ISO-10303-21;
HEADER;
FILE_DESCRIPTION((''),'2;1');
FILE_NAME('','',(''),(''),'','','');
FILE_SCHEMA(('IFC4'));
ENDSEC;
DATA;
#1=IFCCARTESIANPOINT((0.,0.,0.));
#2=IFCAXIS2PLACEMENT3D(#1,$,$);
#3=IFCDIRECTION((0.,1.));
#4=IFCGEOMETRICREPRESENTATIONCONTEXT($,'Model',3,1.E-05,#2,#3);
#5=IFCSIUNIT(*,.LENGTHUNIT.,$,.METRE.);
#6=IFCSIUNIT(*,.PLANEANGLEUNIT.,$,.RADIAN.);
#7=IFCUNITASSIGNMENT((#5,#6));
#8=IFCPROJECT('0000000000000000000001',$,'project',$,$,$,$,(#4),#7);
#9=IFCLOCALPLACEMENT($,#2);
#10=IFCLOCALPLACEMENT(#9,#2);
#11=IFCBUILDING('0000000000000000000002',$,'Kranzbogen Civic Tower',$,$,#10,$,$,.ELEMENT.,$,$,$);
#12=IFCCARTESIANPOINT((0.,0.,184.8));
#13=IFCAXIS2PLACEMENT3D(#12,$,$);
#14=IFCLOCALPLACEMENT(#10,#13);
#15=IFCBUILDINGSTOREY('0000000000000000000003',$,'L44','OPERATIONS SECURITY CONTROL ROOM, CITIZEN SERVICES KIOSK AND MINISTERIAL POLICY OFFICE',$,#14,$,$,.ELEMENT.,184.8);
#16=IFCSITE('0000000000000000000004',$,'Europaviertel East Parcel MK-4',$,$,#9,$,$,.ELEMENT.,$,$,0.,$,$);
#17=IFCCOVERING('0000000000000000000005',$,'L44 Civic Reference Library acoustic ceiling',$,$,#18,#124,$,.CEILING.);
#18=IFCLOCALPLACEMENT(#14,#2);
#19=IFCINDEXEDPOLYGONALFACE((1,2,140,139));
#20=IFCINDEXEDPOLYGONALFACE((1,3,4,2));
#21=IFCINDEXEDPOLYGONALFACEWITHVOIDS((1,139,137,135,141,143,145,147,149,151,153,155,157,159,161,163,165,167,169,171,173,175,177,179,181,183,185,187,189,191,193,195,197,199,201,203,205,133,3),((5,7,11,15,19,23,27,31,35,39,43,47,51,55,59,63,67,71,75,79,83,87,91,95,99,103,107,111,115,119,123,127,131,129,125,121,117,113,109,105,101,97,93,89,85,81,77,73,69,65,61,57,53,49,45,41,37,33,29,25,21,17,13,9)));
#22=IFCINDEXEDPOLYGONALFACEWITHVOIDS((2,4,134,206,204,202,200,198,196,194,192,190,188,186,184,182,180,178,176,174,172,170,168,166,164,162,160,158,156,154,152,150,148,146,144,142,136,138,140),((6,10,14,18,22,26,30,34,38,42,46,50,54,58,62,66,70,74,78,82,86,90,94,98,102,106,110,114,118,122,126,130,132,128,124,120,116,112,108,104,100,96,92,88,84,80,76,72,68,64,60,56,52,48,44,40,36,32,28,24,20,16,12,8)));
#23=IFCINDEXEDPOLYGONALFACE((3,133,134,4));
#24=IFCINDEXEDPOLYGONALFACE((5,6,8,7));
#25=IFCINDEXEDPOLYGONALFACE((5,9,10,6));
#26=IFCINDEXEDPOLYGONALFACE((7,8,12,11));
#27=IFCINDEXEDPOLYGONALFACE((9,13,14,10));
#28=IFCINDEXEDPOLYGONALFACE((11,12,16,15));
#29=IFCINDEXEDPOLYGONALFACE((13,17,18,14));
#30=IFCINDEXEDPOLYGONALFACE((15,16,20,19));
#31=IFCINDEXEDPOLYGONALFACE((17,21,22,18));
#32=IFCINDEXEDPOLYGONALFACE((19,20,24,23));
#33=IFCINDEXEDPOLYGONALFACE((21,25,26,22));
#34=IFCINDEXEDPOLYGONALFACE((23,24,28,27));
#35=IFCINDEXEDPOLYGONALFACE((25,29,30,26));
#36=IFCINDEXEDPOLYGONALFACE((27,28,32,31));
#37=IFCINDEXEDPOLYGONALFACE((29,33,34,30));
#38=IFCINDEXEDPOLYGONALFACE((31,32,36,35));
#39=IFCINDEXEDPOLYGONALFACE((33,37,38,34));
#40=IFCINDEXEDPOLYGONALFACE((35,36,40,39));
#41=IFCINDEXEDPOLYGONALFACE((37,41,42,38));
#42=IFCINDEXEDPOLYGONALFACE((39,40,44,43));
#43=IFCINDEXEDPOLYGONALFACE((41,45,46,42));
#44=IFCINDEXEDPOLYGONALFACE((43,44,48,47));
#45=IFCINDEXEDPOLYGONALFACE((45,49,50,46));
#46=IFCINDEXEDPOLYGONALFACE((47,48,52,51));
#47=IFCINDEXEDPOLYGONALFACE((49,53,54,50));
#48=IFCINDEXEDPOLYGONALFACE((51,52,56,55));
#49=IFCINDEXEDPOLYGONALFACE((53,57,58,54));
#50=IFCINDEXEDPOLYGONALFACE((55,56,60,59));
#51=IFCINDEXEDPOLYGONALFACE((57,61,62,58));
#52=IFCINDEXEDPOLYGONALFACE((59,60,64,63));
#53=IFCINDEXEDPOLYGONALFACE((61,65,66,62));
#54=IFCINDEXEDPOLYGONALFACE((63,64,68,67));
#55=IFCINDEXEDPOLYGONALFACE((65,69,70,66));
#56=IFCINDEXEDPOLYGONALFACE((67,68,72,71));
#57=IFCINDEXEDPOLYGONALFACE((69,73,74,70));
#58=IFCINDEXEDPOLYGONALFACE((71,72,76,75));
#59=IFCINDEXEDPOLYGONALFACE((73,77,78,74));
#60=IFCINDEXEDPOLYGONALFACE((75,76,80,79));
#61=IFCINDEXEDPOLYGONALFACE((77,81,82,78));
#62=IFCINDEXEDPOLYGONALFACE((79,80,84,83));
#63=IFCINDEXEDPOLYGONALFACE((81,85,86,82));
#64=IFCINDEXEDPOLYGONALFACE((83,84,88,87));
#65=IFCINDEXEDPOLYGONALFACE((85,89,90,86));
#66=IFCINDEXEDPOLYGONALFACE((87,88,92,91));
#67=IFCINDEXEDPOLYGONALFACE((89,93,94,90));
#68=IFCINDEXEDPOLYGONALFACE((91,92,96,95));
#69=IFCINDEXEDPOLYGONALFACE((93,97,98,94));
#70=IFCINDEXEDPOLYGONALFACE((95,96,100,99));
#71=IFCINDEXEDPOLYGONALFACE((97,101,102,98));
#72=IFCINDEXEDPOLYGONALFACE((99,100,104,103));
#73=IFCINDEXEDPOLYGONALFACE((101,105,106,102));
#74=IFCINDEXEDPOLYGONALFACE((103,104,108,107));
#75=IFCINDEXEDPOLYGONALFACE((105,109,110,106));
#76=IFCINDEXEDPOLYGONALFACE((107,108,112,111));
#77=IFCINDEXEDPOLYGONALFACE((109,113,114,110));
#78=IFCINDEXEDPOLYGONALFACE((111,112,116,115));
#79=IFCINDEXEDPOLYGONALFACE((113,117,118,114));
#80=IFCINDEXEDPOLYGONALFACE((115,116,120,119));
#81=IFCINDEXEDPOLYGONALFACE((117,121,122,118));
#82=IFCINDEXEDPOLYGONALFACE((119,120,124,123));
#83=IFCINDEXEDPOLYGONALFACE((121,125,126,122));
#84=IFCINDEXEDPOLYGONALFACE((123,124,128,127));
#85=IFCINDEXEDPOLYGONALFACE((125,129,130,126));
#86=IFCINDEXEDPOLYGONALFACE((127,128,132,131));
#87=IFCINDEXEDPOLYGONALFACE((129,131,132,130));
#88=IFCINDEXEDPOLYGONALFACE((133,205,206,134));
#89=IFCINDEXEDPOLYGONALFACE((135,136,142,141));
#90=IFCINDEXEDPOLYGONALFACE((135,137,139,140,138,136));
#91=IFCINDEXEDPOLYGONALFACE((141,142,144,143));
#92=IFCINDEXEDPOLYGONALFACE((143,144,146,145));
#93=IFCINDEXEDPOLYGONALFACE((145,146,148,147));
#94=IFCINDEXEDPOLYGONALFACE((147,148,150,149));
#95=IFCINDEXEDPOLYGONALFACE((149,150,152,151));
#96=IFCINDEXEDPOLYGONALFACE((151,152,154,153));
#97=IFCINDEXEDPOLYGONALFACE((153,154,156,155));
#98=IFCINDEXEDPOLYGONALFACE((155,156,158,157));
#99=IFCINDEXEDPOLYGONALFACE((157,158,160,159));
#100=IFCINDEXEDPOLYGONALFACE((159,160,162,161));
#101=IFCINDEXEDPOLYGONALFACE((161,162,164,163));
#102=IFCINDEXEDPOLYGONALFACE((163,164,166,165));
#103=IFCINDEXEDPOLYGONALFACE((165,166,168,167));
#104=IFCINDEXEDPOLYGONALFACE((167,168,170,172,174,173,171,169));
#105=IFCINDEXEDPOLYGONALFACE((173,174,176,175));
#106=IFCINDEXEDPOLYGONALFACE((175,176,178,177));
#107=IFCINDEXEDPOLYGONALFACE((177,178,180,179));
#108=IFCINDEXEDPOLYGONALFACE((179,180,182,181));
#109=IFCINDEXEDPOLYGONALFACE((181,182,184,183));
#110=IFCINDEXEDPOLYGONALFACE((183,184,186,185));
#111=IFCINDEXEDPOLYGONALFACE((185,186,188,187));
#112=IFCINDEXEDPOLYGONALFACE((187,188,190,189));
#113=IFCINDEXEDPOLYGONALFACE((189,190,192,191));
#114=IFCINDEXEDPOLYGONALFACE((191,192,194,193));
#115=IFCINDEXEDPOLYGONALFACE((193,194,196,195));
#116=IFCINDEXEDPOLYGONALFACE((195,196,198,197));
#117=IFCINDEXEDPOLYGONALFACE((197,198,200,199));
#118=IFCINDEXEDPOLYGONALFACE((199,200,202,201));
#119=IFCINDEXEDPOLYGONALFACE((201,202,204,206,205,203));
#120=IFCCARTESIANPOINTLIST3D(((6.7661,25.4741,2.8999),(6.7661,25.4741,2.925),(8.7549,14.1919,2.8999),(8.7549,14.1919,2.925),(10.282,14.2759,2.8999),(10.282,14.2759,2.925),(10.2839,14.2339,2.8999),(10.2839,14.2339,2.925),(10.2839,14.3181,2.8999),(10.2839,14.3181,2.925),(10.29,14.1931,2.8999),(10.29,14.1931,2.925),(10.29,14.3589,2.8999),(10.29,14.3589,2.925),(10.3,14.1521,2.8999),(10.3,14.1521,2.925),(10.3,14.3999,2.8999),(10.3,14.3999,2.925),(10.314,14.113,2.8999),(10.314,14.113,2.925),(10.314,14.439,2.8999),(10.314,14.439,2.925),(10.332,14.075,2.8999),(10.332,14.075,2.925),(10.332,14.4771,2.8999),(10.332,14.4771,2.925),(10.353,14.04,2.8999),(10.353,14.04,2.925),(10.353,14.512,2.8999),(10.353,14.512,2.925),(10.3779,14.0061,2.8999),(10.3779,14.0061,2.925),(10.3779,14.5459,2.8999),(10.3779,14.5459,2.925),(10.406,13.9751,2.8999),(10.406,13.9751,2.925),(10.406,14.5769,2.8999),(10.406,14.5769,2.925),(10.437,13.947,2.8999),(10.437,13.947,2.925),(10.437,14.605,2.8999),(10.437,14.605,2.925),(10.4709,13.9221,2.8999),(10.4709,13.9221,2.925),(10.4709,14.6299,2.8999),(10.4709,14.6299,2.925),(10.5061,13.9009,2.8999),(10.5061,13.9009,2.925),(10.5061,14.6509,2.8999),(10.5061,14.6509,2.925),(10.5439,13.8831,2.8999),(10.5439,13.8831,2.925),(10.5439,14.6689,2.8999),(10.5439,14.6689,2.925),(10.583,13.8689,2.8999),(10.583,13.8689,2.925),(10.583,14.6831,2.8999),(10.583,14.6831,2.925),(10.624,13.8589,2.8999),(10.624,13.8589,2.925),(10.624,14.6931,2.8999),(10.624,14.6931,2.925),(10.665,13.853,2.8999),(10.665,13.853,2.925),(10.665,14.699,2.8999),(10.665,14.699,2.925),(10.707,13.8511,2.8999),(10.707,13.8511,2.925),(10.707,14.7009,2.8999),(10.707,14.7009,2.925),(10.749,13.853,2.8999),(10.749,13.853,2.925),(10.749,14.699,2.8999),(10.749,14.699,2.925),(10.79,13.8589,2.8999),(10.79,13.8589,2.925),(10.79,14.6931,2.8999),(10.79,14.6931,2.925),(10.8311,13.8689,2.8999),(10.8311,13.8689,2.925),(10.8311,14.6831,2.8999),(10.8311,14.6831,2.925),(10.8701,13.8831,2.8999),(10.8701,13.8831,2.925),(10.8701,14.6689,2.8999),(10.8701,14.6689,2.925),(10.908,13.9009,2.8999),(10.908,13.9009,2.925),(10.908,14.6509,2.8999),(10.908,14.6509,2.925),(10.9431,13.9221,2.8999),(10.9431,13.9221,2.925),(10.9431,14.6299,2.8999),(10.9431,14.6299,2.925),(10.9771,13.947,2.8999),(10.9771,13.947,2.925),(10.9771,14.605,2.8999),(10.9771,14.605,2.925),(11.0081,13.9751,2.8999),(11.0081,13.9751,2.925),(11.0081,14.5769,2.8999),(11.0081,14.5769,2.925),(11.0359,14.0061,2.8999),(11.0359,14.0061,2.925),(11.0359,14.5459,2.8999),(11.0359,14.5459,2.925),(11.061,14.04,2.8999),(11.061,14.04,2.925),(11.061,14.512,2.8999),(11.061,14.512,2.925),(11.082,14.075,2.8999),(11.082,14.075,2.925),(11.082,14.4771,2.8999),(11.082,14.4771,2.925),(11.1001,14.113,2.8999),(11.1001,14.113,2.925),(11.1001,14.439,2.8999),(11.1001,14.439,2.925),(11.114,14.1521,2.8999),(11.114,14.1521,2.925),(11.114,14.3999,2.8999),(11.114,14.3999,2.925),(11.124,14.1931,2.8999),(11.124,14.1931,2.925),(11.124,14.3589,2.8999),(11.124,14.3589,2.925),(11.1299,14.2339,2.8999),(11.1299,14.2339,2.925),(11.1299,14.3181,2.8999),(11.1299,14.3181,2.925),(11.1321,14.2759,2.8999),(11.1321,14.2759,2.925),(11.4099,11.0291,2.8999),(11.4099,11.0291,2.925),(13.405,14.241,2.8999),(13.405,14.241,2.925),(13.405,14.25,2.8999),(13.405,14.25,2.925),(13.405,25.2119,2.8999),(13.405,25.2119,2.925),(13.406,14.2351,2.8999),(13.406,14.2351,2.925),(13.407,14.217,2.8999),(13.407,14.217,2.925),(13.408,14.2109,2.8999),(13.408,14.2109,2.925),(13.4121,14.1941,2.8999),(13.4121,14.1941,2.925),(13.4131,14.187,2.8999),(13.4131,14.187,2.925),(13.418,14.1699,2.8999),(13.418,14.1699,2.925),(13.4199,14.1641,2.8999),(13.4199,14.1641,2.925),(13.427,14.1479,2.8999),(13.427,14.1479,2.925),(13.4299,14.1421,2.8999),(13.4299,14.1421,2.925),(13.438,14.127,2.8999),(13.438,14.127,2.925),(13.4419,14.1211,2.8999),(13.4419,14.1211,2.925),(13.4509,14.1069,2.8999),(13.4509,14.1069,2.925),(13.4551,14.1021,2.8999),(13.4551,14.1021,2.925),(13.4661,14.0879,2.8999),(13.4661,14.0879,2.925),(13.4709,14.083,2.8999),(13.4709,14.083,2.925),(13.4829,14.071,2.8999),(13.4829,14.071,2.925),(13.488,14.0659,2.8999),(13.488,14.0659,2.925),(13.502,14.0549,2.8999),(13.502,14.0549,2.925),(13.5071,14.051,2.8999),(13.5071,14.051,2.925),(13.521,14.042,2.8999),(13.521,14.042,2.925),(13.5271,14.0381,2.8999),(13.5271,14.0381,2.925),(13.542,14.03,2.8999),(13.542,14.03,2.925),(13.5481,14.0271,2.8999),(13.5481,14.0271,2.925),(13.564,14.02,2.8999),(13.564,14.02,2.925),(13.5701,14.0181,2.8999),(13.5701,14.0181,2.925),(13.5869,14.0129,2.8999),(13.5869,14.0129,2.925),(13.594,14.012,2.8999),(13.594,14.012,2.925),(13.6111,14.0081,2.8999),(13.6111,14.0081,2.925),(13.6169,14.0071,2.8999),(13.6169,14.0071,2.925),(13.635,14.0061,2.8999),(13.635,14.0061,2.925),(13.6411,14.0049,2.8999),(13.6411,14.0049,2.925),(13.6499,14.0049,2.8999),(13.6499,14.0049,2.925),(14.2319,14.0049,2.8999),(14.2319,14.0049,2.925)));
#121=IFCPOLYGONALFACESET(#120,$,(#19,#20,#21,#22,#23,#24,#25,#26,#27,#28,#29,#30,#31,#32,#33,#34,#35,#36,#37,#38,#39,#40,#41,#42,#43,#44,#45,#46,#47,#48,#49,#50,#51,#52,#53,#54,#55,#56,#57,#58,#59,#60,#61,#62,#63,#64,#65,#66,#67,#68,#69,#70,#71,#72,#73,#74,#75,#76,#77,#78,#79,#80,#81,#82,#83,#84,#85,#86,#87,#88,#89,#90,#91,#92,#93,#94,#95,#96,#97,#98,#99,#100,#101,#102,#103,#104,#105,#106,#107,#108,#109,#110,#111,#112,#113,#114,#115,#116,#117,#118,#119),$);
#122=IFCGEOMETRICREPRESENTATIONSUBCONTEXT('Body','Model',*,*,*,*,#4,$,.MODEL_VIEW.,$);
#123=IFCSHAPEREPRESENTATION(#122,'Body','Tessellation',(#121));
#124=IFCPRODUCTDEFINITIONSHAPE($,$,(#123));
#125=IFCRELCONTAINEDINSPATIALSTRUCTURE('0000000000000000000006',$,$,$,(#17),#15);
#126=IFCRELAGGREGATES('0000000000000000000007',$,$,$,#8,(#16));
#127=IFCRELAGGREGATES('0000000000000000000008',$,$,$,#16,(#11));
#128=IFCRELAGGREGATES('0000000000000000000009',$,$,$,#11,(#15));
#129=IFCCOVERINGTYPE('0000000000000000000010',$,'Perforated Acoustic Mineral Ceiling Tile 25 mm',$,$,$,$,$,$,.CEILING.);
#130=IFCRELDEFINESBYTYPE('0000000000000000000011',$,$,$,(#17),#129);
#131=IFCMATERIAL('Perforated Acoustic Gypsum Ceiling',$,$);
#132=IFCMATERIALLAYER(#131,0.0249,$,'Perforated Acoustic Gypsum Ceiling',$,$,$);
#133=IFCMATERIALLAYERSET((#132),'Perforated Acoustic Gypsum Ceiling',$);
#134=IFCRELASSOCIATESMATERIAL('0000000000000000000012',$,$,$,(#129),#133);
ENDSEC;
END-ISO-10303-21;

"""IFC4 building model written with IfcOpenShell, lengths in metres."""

from ifc_helpers import new_model, si_unit, direction, frame, origin, place, context, subcontext, project, spatial, polyline, outline, extrude, material, layer, layer_set, type_object, element, save


model = new_model("IFC4")

# Units and contexts
model_context = context("Model", 3, precision=1e-05, world=origin(), true_north=direction((0.0, 1.0)))
body_context = subcontext(model_context, "Body", "Model", "MODEL_VIEW")
ifc_project = project(units=[si_unit("LENGTHUNIT", "METRE"), si_unit("PLANEANGLEUNIT", "RADIAN")], contexts=[model_context])

# Site, building, storey
site_placement = place(None, origin())
site = spatial("IfcSite", under=ifc_project, at=site_placement, Name="Europaviertel East Parcel MK-4", CompositionType="ELEMENT", RefElevation=0.0)
building_placement = place(site_placement, origin())
building = spatial("IfcBuilding", under=site, at=building_placement, Name="Kranzbogen Civic Tower", CompositionType="ELEMENT")
storey_placement = place(building_placement, frame((0.0, 0.0, 184.8)))
storey = spatial("IfcBuildingStorey", under=building, at=storey_placement, Name="L44", Description="OPERATIONS SECURITY CONTROL ROOM, CITIZEN SERVICES KIOSK AND MINISTERIAL POLICY OFFICE", CompositionType="ELEMENT", Elevation=184.8)

# Covering
ifc_material_1 = material(Name="Perforated Acoustic Gypsum Ceiling")
ifc_layer_1 = layer(ifc_material_1, 0.0249, Name="Perforated Acoustic Gypsum Ceiling")
ifc_layer_set_1 = layer_set([ifc_layer_1], Name="Perforated Acoustic Gypsum Ceiling")
covering_type = type_object("IfcCoveringType", Name="Perforated Acoustic Mineral Ceiling Tile 25 mm", PredefinedType="CEILING", material=ifc_layer_set_1)
covering_1_placement = place(storey_placement, frame((0.0, 0.0, 2.8999)))
element("IfcCovering", 1, at=covering_1_placement, inside=storey, type_object=covering_type, Name="L44 Civic Reference Library acoustic ceiling", PredefinedType="CEILING", context=body_context, shape_type="SweptSolid", body=[
    extrude(outline(polyline([(6.7661, 25.4741), (13.405, 25.2119), (13.405, 14.25), (13.405, 14.241), (13.406, 14.2351), (13.407, 14.217), (13.408, 14.2109), (13.4121, 14.1941), (13.4131, 14.187), (13.418, 14.1699), (13.4199, 14.1641), (13.427, 14.1479), (13.4299, 14.1421), (13.438, 14.127), (13.4419, 14.1211), (13.4509, 14.1069), (13.4551, 14.1021), (13.4661, 14.0879), (13.4709, 14.083), (13.4829, 14.071), (13.488, 14.0659), (13.502, 14.0549), (13.5071, 14.051), (13.521, 14.042), (13.5271, 14.0381), (13.542, 14.03), (13.5481, 14.0271), (13.564, 14.02), (13.5701, 14.0181), (13.5869, 14.0129), (13.594, 14.012), (13.6111, 14.0081), (13.6169, 14.0071), (13.635, 14.0061), (13.6411, 14.0049), (13.6499, 14.0049), (14.2319, 14.0049), (11.4099, 11.0291), (8.7549, 14.1919), (6.7661, 25.4741)]), holes=[polyline([(11.1001, 14.113), (11.082, 14.075), (11.061, 14.04), (11.0359, 14.0061), (11.0081, 13.9751), (10.9771, 13.947), (10.9431, 13.9221), (10.908, 13.9009), (10.8701, 13.8831), (10.8311, 13.8689), (10.79, 13.8589), (10.749, 13.853), (10.707, 13.8511), (10.665, 13.853), (10.624, 13.8589), (10.583, 13.8689), (10.5439, 13.8831), (10.5061, 13.9009), (10.4709, 13.9221), (10.437, 13.947), (10.406, 13.9751), (10.3779, 14.0061), (10.353, 14.04), (10.332, 14.075), (10.314, 14.113), (10.3, 14.1521), (10.29, 14.1931), (10.2839, 14.2339), (10.282, 14.2759), (10.2839, 14.3181), (10.29, 14.3589), (10.3, 14.3999), (10.314, 14.439), (10.332, 14.4771), (10.353, 14.512), (10.3779, 14.5459), (10.406, 14.5769), (10.437, 14.605), (10.4709, 14.6299), (10.5061, 14.6509), (10.5439, 14.6689), (10.583, 14.6831), (10.624, 14.6931), (10.665, 14.699), (10.707, 14.7009), (10.749, 14.699), (10.79, 14.6931), (10.8311, 14.6831), (10.8701, 14.6689), (10.908, 14.6509), (10.9431, 14.6299), (10.9771, 14.605), (11.0081, 14.5769), (11.0359, 14.5459), (11.061, 14.512), (11.082, 14.4771), (11.1001, 14.439), (11.114, 14.3999), (11.124, 14.3589), (11.1299, 14.3181), (11.1321, 14.2759), (11.1299, 14.2339), (11.124, 14.1931), (11.114, 14.1521), (11.1001, 14.113)])]), origin(), (0.0, 0.0, 1.0), 0.0251),
])

save(model, "model.ifc")
